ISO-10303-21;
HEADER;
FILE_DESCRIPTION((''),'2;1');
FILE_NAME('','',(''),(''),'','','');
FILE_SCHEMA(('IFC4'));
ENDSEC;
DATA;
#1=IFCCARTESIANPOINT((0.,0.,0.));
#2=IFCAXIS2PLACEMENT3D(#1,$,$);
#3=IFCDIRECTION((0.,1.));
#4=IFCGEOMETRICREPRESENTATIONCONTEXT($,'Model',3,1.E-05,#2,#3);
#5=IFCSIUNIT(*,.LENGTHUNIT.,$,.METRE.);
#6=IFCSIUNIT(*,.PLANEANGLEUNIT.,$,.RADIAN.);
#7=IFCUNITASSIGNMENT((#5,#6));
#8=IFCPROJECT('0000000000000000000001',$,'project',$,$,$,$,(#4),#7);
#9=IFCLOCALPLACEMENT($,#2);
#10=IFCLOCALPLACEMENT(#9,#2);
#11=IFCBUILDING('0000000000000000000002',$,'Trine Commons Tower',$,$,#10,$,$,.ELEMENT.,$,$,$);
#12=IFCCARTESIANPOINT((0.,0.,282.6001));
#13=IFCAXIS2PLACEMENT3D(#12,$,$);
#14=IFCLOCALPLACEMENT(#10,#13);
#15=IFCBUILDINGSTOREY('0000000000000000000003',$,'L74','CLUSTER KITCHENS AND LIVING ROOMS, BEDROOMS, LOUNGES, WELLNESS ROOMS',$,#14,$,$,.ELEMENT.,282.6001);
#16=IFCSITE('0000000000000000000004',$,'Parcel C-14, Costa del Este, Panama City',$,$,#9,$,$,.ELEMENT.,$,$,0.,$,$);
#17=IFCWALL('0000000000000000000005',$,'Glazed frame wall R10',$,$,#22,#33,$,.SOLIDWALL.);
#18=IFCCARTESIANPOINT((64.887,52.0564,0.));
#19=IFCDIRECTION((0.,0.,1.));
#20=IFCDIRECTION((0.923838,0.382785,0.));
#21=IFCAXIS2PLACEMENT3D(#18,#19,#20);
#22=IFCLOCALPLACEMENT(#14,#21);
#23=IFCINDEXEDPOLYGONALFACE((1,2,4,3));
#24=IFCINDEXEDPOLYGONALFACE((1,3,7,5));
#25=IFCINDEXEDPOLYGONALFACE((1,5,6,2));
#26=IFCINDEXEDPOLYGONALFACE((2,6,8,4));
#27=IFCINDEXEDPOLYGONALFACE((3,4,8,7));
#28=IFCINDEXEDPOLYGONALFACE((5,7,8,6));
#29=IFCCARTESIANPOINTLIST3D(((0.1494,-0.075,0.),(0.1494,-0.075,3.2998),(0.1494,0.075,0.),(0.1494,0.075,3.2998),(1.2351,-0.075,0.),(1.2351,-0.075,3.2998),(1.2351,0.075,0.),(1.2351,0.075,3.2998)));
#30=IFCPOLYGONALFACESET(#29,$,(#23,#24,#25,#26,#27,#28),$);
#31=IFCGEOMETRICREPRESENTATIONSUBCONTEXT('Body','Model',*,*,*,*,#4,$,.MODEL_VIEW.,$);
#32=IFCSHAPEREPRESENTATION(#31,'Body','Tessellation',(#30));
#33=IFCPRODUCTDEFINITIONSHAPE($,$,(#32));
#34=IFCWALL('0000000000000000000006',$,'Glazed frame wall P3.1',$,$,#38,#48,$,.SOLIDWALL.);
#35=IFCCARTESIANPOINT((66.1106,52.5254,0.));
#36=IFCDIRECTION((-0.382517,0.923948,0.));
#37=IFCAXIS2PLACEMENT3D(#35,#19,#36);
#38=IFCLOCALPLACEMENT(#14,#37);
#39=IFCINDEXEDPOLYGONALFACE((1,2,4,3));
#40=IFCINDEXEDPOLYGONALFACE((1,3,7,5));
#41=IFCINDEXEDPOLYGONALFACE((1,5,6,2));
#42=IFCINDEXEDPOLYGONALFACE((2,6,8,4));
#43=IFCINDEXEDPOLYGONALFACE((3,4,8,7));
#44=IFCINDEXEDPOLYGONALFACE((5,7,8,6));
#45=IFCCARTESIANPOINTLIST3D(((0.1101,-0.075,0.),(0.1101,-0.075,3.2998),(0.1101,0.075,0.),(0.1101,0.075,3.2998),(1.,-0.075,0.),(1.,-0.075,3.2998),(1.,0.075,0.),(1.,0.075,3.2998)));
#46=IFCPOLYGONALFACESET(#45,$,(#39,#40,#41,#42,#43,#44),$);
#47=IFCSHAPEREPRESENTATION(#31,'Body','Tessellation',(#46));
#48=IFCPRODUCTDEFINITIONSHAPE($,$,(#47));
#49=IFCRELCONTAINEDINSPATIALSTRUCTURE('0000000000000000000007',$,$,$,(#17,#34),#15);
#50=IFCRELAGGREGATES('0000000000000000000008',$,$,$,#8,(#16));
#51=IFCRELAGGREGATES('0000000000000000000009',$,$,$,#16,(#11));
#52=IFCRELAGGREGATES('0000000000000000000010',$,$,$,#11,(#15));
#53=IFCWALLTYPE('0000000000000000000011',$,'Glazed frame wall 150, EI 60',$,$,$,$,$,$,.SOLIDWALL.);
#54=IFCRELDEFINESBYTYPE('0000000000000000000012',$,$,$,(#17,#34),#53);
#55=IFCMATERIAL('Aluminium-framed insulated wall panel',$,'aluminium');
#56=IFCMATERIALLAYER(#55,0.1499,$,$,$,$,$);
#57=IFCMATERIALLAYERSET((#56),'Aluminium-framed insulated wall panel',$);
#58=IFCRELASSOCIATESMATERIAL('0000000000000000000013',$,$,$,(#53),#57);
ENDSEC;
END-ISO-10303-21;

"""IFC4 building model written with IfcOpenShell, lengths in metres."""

from ifc_helpers import new_model, si_unit, direction, frame, origin, place, context, subcontext, project, spatial, polyline, outline, extrude, material, layer, layer_set, type_object, element, save


model = new_model("IFC4")

# Units and contexts
model_context = context("Model", 3, precision=1e-05, world=origin(), true_north=direction((0.0, 1.0)))
body_context = subcontext(model_context, "Body", "Model", "MODEL_VIEW")
ifc_project = project(units=[si_unit("LENGTHUNIT", "METRE"), si_unit("PLANEANGLEUNIT", "RADIAN")], contexts=[model_context])

# Site, building, storey
site_placement = place(None, origin())
site = spatial("IfcSite", under=ifc_project, at=site_placement, Name="Parcel C-14, Costa del Este, Panama City", CompositionType="ELEMENT", RefElevation=0.0)
building_placement = place(site_placement, origin())
building = spatial("IfcBuilding", under=site, at=building_placement, Name="Trine Commons Tower", CompositionType="ELEMENT")
storey_placement = place(building_placement, frame((0.0, 0.0, 282.6001)))
storey = spatial("IfcBuildingStorey", under=building, at=storey_placement, Name="L74", Description="CLUSTER KITCHENS AND LIVING ROOMS, BEDROOMS, LOUNGES, WELLNESS ROOMS", CompositionType="ELEMENT", Elevation=282.6001)

# Walls
ifc_material_1 = material(Name="Aluminium-framed insulated wall panel", Category="aluminium")
ifc_layer_1 = layer(ifc_material_1, 0.1499)
ifc_layer_set_1 = layer_set([ifc_layer_1], Name="Aluminium-framed insulated wall panel")
wall_type_1 = type_object("IfcWallType", Name="Glazed frame wall 150, EI 60", PredefinedType="SOLIDWALL", material=ifc_layer_set_1)
wall_1_placement = place(storey_placement, frame((64.887, 52.0564, 0.0), z_axis=(0.0, 0.0, 1.0), x_axis=(0.923838, 0.382785, 0.0)))
element("IfcWall", 1, at=wall_1_placement, inside=storey, type_object=wall_type_1, Name="Glazed frame wall R10", PredefinedType="SOLIDWALL", context=body_context, shape_type="SweptSolid", body=[
    extrude(outline(polyline([(0.1494, 0.075), (0.1494, -0.075), (1.2351, -0.075), (1.2351, 0.075), (0.1494, 0.075)])), origin(), (0.0, 0.0, 1.0), 3.2998),
])
wall_2_placement = place(storey_placement, frame((66.1106, 52.5254, 0.0), z_axis=(0.0, 0.0, 1.0), x_axis=(-0.382517, 0.923948, 0.0)))
element("IfcWall", 2, at=wall_2_placement, inside=storey, type_object=wall_type_1, Name="Glazed frame wall P3.1", PredefinedType="SOLIDWALL", context=body_context, shape_type="SweptSolid", body=[
    extrude(outline(polyline([(0.1101, -0.075), (1.0, -0.075), (1.0, 0.075), (0.1101, 0.075), (0.1101, -0.075)])), origin(), (0.0, 0.0, 1.0), 3.2998),
])

save(model, "model.ifc")
